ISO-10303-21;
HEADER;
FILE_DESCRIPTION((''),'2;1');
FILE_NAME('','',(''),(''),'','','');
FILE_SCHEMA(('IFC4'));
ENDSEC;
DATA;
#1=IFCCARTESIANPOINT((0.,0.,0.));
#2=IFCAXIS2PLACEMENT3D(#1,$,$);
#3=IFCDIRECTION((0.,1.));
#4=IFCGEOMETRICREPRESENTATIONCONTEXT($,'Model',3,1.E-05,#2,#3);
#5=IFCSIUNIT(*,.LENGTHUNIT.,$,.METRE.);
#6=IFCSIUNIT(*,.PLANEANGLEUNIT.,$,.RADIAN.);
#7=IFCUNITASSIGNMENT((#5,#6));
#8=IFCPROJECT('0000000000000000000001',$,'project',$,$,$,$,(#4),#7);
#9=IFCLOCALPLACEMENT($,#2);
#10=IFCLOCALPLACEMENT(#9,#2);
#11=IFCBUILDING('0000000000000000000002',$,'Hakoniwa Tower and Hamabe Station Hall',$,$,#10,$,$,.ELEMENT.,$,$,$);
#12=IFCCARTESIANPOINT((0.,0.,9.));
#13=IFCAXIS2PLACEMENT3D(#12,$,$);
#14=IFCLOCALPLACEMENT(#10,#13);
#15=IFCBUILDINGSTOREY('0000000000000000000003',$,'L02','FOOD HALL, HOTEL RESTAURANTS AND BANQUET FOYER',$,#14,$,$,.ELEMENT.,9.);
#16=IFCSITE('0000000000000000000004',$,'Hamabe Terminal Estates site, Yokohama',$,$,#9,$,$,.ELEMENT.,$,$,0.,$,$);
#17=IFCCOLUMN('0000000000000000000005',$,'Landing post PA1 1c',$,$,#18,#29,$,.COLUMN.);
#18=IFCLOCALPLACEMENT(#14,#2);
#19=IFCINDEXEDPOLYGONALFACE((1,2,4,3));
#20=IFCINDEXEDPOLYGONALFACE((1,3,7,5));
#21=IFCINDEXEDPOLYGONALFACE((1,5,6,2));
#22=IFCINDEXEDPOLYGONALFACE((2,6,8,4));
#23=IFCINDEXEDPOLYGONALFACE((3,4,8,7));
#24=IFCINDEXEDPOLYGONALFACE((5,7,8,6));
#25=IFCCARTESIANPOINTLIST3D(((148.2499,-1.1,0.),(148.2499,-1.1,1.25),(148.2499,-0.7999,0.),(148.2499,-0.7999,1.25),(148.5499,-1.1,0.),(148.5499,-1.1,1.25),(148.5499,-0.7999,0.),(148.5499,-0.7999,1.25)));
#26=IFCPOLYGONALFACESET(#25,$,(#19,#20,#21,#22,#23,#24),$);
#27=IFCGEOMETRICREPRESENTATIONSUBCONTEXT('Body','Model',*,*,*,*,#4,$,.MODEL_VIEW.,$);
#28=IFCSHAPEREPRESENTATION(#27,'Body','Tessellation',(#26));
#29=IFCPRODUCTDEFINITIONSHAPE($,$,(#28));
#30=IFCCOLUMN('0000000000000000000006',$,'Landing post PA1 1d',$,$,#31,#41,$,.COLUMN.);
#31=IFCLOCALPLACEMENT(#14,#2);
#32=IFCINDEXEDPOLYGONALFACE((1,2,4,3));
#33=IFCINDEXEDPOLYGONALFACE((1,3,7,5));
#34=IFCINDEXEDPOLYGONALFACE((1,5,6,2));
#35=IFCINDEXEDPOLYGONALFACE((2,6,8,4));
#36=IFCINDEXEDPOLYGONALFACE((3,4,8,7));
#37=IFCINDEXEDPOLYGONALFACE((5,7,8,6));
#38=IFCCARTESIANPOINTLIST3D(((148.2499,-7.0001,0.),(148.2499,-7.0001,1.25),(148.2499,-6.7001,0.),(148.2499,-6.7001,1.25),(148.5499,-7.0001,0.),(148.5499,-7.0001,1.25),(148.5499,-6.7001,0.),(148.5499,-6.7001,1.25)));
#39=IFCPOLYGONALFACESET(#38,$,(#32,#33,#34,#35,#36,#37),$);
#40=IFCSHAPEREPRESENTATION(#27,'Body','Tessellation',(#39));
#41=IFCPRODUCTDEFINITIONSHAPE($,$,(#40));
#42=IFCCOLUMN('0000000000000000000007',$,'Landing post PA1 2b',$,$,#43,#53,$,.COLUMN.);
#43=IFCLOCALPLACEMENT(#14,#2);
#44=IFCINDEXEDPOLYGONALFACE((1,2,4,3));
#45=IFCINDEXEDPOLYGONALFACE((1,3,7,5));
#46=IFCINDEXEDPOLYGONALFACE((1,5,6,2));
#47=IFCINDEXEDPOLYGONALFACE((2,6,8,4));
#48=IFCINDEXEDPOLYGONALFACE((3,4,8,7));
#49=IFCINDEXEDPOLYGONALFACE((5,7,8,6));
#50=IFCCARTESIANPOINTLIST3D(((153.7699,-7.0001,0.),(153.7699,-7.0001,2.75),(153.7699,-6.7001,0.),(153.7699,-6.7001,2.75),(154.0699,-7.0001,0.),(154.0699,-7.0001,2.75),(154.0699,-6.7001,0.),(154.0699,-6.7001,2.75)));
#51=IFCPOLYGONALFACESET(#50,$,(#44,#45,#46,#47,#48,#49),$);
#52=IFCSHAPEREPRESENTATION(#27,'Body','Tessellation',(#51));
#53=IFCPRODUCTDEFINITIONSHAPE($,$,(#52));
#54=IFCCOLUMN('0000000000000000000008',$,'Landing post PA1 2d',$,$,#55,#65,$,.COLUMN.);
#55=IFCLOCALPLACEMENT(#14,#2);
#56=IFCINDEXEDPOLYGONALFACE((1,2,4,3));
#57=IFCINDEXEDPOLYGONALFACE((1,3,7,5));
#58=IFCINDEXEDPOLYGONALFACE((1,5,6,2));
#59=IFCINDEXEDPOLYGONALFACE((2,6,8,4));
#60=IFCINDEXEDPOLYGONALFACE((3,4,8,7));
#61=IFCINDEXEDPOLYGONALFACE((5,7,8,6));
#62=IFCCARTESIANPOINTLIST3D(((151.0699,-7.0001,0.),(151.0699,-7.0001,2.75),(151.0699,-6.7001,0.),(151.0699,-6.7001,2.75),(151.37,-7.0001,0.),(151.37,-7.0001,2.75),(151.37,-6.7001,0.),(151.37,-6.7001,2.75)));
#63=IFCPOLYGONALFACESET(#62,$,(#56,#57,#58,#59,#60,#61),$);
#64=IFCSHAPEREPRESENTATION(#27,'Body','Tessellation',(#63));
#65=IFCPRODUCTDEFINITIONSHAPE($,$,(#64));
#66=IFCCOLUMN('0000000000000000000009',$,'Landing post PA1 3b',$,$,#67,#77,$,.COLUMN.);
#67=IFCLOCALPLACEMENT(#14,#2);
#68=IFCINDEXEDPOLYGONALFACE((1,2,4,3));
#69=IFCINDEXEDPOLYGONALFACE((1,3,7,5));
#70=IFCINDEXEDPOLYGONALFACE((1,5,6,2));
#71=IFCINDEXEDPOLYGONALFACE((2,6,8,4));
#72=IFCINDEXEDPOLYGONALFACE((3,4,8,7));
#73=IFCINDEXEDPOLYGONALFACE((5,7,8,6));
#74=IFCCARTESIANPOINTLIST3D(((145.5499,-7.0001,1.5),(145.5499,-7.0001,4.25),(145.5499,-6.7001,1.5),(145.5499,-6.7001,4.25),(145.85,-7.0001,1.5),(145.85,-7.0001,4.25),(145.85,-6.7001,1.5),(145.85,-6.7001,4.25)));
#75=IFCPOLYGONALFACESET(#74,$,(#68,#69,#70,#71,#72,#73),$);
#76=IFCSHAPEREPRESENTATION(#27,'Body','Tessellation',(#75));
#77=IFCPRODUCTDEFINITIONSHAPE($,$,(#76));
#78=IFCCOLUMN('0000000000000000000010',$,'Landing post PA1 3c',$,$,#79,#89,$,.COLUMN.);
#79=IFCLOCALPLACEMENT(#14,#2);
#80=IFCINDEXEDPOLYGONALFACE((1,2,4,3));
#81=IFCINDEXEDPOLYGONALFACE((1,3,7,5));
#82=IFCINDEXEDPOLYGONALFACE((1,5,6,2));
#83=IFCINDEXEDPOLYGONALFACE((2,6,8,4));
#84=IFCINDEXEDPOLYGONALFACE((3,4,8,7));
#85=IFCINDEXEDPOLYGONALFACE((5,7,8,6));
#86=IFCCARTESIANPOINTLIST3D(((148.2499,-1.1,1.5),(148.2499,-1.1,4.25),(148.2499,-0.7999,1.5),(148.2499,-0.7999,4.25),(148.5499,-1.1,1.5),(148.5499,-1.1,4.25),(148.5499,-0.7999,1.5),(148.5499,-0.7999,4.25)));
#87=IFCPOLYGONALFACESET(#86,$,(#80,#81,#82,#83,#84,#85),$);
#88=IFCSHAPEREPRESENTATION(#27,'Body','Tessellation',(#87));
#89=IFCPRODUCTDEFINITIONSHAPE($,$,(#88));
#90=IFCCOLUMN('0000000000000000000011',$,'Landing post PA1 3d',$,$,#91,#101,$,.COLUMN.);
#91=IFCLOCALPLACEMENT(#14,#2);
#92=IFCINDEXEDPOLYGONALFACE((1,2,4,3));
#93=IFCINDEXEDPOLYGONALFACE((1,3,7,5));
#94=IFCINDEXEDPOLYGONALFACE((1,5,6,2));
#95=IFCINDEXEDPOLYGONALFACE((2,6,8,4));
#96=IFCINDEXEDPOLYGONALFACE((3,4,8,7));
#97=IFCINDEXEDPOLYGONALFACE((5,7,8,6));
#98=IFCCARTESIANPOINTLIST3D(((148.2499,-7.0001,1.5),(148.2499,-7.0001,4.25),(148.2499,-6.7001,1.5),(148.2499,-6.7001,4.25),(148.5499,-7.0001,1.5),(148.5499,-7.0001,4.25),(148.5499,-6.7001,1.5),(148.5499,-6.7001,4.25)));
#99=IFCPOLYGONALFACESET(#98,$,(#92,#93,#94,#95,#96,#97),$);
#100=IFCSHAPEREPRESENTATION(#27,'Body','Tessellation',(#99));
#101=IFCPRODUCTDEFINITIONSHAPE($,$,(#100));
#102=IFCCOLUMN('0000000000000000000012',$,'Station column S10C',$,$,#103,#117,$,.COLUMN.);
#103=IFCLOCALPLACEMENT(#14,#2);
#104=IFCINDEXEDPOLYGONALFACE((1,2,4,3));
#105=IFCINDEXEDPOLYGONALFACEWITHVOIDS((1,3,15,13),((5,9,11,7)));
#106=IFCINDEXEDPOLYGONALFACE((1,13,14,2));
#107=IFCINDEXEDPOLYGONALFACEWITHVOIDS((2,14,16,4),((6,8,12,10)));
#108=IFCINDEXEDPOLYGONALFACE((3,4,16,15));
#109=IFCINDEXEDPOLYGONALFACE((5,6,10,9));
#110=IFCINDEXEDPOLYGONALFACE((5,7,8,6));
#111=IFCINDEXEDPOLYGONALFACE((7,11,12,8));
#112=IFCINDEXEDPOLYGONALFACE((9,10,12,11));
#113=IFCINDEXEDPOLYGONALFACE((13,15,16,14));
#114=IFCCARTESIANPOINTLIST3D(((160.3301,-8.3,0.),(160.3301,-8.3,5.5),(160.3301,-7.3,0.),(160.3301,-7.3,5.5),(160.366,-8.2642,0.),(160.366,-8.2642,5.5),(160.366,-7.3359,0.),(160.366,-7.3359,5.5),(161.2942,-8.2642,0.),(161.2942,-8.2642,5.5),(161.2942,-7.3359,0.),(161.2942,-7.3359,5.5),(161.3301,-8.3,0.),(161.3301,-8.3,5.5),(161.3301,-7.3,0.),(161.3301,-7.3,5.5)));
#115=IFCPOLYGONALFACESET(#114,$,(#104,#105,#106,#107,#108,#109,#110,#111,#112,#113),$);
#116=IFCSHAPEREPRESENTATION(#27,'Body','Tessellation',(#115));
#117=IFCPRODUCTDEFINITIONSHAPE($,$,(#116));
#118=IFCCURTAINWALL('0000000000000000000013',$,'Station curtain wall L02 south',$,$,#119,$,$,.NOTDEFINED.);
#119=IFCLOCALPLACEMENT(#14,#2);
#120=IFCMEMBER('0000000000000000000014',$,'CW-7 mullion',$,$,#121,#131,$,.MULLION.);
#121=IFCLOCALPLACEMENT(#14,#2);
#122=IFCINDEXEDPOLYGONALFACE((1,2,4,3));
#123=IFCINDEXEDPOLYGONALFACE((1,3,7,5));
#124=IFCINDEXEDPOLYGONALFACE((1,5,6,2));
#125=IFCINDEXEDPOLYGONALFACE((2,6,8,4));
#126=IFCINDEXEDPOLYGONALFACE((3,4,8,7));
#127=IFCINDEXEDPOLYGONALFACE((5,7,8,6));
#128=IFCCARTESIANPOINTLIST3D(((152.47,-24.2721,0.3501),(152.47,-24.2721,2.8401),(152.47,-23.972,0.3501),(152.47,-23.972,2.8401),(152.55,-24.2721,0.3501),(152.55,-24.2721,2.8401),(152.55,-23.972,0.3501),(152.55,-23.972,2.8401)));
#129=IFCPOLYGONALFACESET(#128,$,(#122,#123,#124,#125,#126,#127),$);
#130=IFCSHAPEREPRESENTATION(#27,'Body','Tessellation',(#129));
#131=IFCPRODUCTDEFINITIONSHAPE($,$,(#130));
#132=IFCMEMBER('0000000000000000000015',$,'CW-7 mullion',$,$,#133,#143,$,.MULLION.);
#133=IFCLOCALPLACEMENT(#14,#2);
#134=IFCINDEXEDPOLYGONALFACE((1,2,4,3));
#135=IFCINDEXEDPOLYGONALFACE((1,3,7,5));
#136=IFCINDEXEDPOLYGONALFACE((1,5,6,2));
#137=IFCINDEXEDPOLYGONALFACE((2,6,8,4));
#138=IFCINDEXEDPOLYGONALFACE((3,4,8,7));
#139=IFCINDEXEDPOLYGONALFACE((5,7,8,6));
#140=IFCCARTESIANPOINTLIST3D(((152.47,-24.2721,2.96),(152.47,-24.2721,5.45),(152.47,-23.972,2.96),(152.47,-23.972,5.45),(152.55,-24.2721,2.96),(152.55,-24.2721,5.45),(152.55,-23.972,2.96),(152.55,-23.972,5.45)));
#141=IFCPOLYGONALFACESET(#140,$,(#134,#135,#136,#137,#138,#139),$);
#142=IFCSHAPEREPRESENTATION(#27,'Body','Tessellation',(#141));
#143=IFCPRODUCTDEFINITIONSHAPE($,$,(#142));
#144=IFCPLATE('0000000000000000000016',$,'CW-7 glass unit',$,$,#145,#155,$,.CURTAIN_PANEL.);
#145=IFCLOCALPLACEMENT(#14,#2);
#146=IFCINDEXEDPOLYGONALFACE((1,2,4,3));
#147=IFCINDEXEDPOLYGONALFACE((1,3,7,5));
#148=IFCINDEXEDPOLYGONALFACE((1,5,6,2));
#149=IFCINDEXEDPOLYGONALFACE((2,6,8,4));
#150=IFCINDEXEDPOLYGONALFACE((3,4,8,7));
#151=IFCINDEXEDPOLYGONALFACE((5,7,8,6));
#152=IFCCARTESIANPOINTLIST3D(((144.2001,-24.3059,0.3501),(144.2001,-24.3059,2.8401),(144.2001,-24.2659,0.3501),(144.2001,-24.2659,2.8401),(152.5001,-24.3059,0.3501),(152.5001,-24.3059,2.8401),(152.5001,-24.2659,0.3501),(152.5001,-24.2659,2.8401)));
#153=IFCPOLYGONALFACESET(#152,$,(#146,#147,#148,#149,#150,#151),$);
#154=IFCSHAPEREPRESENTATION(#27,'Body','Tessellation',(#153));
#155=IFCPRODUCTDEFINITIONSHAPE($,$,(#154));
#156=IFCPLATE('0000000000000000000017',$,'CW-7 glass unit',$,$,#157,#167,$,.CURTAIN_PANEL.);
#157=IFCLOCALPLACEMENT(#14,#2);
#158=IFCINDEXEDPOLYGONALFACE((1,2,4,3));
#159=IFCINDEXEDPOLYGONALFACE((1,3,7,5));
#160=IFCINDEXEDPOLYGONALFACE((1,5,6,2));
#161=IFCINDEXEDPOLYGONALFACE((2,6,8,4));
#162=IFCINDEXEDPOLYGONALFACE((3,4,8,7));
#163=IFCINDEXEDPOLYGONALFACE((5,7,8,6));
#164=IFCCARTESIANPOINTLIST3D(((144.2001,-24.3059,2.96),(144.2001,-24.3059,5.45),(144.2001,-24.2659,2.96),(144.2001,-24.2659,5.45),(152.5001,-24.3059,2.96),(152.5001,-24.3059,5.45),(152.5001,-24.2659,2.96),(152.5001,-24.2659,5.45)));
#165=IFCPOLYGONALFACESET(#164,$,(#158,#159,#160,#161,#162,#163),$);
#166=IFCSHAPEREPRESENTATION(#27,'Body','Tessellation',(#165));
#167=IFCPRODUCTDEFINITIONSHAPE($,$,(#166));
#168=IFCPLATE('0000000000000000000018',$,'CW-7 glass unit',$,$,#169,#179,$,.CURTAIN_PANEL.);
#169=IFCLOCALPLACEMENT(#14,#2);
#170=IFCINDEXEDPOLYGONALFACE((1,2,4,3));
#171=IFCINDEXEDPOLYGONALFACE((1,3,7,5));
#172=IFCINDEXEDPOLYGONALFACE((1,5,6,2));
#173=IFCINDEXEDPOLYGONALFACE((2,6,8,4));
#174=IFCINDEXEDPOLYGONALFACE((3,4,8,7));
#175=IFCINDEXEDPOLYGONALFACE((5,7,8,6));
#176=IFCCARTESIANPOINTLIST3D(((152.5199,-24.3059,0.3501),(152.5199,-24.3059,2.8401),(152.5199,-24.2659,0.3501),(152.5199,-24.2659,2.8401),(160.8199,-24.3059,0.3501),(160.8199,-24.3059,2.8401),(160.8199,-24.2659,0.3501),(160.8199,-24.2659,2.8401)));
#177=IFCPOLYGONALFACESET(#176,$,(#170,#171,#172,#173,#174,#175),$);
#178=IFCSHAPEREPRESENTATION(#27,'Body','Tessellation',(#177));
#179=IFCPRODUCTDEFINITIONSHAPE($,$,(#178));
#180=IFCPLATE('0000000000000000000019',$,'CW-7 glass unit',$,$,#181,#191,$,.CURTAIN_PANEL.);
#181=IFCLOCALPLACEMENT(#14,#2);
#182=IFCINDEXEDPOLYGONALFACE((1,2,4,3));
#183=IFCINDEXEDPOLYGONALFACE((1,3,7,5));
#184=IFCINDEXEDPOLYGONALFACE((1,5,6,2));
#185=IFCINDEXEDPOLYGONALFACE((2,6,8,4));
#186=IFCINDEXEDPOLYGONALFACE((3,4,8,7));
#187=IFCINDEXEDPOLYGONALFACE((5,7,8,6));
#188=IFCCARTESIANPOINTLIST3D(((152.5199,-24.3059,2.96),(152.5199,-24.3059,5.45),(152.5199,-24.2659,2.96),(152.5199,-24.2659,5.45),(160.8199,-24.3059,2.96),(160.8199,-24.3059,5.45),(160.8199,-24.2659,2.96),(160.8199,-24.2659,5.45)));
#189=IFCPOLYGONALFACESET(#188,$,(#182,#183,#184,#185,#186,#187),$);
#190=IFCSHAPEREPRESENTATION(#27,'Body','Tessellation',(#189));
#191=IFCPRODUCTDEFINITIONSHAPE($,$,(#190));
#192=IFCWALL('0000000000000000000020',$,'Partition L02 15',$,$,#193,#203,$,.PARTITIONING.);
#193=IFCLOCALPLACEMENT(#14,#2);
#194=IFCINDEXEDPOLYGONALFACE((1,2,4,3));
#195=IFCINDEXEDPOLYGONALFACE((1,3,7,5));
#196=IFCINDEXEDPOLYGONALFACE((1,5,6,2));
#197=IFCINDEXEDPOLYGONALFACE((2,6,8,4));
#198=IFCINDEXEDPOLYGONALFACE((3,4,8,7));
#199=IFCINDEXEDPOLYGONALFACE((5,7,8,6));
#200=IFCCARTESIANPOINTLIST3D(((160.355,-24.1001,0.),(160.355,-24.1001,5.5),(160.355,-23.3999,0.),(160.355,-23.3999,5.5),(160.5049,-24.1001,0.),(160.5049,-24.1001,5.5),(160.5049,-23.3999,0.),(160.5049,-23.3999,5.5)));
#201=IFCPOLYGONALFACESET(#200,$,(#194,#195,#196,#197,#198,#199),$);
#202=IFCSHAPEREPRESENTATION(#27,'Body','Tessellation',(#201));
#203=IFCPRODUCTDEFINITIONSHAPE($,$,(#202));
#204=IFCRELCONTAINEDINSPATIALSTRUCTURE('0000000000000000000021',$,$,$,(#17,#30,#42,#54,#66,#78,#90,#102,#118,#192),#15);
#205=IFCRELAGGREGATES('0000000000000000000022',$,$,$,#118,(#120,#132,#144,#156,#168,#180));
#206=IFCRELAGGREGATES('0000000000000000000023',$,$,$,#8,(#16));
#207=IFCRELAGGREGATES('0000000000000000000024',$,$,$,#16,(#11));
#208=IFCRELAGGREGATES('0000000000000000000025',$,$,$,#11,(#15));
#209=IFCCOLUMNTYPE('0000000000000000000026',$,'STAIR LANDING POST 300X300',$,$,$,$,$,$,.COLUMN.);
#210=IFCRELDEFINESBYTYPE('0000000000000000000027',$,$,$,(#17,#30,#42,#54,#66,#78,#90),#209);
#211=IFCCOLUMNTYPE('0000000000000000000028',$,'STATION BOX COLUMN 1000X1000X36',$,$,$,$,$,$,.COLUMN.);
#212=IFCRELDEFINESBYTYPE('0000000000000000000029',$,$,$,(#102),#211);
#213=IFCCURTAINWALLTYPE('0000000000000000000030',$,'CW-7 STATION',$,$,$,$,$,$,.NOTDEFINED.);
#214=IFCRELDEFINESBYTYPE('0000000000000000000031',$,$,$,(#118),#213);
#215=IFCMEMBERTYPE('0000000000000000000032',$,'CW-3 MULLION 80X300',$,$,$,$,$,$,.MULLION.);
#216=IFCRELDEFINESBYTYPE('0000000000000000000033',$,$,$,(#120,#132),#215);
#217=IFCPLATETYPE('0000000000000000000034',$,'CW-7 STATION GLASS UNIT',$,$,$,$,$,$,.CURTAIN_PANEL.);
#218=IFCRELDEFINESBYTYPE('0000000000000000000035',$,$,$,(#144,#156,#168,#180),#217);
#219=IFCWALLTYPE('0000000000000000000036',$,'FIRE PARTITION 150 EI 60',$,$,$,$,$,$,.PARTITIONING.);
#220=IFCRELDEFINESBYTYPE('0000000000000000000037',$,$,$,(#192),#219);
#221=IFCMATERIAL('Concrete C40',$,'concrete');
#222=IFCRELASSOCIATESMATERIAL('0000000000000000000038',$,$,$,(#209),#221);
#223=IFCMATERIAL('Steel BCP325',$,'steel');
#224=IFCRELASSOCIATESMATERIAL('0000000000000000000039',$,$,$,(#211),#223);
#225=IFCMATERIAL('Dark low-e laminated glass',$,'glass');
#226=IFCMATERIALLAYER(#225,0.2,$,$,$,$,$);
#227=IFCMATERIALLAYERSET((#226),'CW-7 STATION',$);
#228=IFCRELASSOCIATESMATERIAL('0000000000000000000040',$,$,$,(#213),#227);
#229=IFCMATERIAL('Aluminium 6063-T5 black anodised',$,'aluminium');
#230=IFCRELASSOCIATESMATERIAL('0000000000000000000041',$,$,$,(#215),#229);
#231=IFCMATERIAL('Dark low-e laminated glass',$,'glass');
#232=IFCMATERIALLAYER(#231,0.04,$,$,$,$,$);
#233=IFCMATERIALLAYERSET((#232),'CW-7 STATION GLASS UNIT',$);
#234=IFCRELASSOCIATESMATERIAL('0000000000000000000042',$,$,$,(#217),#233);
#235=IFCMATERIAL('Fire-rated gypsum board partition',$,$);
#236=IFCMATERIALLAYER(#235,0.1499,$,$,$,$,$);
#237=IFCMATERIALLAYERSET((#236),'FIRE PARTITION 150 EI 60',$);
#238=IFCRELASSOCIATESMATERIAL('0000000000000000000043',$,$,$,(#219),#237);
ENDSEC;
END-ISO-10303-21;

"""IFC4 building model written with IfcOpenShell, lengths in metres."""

from ifc_helpers import new_model, si_unit, direction, frame, frame_2d, origin, origin_2d, place, context, subcontext, project, spatial, rectangle, hollow_rectangle, extrude, material, layer, layer_set, material_profile, profile_set, type_object, element, aggregate, save


model = new_model("IFC4")

# Units and contexts
model_context = context("Model", 3, precision=1e-05, world=origin(), true_north=direction((0.0, 1.0)))
body_context = subcontext(model_context, "Body", "Model", "MODEL_VIEW")
ifc_project = project(units=[si_unit("LENGTHUNIT", "METRE"), si_unit("PLANEANGLEUNIT", "RADIAN")], contexts=[model_context])

# Site, building, storey
site_placement = place(None, origin())
site = spatial("IfcSite", under=ifc_project, at=site_placement, Name="Hamabe Terminal Estates site, Yokohama", CompositionType="ELEMENT", RefElevation=0.0)
building_placement = place(site_placement, origin())
building = spatial("IfcBuilding", under=site, at=building_placement, Name="Hakoniwa Tower and Hamabe Station Hall", CompositionType="ELEMENT")
storey_placement = place(building_placement, frame((0.0, 0.0, 9.0)))
storey = spatial("IfcBuildingStorey", under=building, at=storey_placement, Name="L02", Description="FOOD HALL, HOTEL RESTAURANTS AND BANQUET FOYER", CompositionType="ELEMENT", Elevation=9.0)

# Columns
ifc_material_1 = material(Name="Concrete C40", Category="concrete")
ifc_material_profile_1 = material_profile(ifc_material_1, rectangle(XDim=0.3, YDim=0.3, at=origin_2d()), Name="STAIR LANDING POST 300X300")
ifc_profile_set_1 = profile_set([ifc_material_profile_1], Name="Concrete C40")
column_type_1 = type_object("IfcColumnType", Name="STAIR LANDING POST 300X300", PredefinedType="COLUMN", material=ifc_profile_set_1)
for number, where, z_axis, x_axis, name in (
    (1, (148.3999, -0.95, 0.0), (0.0, 0.0, 1.0), (1.0, 0.0, 0.0), "Landing post PA1 1c"),
    (2, (148.3999, -6.8501, 0.0), (0.0, 0.0, 1.0), (1.0, 0.0, 0.0), "Landing post PA1 1d"),
):
    element("IfcColumn", number, at=place(storey_placement, frame(where, z_axis=z_axis, x_axis=x_axis)), inside=storey, type_object=column_type_1, Name=name, PredefinedType="COLUMN", context=body_context, shape_type="SweptSolid", body=[
        extrude(rectangle(XDim=0.3, YDim=0.3, at=origin_2d()), origin(), (0.0, 0.0, 1.0), 1.25),
    ])
for number, where, z_axis, x_axis, name in (
    (3, (153.9199, -6.8501, 0.0), (0.0, 0.0, 1.0), (1.0, 0.0, 0.0), "Landing post PA1 2b"),
    (4, (151.22, -6.8501, 0.0), (0.0, 0.0, 1.0), (1.0, 0.0, 0.0), "Landing post PA1 2d"),
    (5, (145.7, -6.8501, 1.5), (0.0, 0.0, 1.0), (1.0, 0.0, 0.0), "Landing post PA1 3b"),
    (6, (148.3999, -0.95, 1.5), (0.0, 0.0, 1.0), (1.0, 0.0, 0.0), "Landing post PA1 3c"),
    (7, (148.3999, -6.8501, 1.5), (0.0, 0.0, 1.0), (1.0, 0.0, 0.0), "Landing post PA1 3d"),
):
    element("IfcColumn", number, at=place(storey_placement, frame(where, z_axis=z_axis, x_axis=x_axis)), inside=storey, type_object=column_type_1, Name=name, PredefinedType="COLUMN", context=body_context, shape_type="SweptSolid", body=[
        extrude(rectangle(XDim=0.3, YDim=0.3, at=origin_2d()), origin(), (0.0, 0.0, 1.0), 2.75),
    ])
ifc_material_2 = material(Name="Steel BCP325", Category="steel")
ifc_material_profile_2 = material_profile(ifc_material_2, hollow_rectangle(XDim=1.0, YDim=1.0, WallThickness=0.0359, at=origin_2d()), Name="STATION BOX COLUMN 1000X1000X36")
ifc_profile_set_2 = profile_set([ifc_material_profile_2], Name="Steel BCP325")
column_type_2 = type_object("IfcColumnType", Name="STATION BOX COLUMN 1000X1000X36", PredefinedType="COLUMN", material=ifc_profile_set_2)
column_placement = place(storey_placement, frame((160.8301, -7.8, 0.0), z_axis=(0.0, 0.0, 1.0), x_axis=(1.0, 0.0, 0.0)))
element("IfcColumn", 8, at=column_placement, inside=storey, type_object=column_type_2, Name="Station column S10C", PredefinedType="COLUMN", context=body_context, shape_type="SweptSolid", body=[
    extrude(hollow_rectangle(XDim=1.0, YDim=1.0, WallThickness=0.0359, at=origin_2d()), origin(), (0.0, 0.0, 1.0), 5.5),
])

# Curtain wall, members, plates
ifc_material_3 = material(Name="Dark low-e laminated glass", Category="glass")
ifc_layer_1 = layer(ifc_material_3, 0.2)
ifc_layer_set_1 = layer_set([ifc_layer_1], Name="CW-7 STATION")
curtain_wall_type = type_object("IfcCurtainWallType", Name="CW-7 STATION", PredefinedType="NOTDEFINED", material=ifc_layer_set_1)
curtain_wall_placement = place(storey_placement, origin())
curtain_wall = element("IfcCurtainWall", 9, at=curtain_wall_placement, inside=storey, type_object=curtain_wall_type, Name="Station curtain wall L02 south", PredefinedType="NOTDEFINED")
ifc_material_4 = material(Name="Aluminium 6063-T5 black anodised", Category="aluminium")
ifc_material_profile_3 = material_profile(ifc_material_4, rectangle(XDim=0.0801, YDim=0.3, at=origin_2d()), Name="CW-3 MULLION 80X300")
ifc_profile_set_3 = profile_set([ifc_material_profile_3], Name="Aluminium 6063-T5 black anodised")
member_type = type_object("IfcMemberType", Name="CW-3 MULLION 80X300", PredefinedType="MULLION", material=ifc_profile_set_3)
member_1_placement = place(storey_placement, frame((152.51, -24.1221, 0.3501), z_axis=(0.0, 0.0, 1.0), x_axis=(1.0, 0.0, 0.0)))
member_1 = element("IfcMember", 10, at=member_1_placement, type_object=member_type, Name="CW-7 mullion", PredefinedType="MULLION", context=body_context, shape_type="SweptSolid", body=[
    extrude(rectangle(XDim=0.0801, YDim=0.3, at=origin_2d()), origin(), (0.0, 0.0, 1.0), 2.49),
])
member_2_placement = place(storey_placement, frame((152.51, -24.1221, 2.96), z_axis=(0.0, 0.0, 1.0), x_axis=(1.0, 0.0, 0.0)))
member_2 = element("IfcMember", 11, at=member_2_placement, type_object=member_type, Name="CW-7 mullion", PredefinedType="MULLION", context=body_context, shape_type="SweptSolid", body=[
    extrude(rectangle(XDim=0.0801, YDim=0.3, at=origin_2d()), origin(), (0.0, 0.0, 1.0), 2.49),
])
ifc_material_5 = material(Name="Dark low-e laminated glass", Category="glass")
ifc_layer_2 = layer(ifc_material_5, 0.04)
ifc_layer_set_2 = layer_set([ifc_layer_2], Name="CW-7 STATION GLASS UNIT")
plate_type = type_object("IfcPlateType", Name="CW-7 STATION GLASS UNIT", PredefinedType="CURTAIN_PANEL", material=ifc_layer_set_2)
plate_1_placement = place(storey_placement, frame((148.3501, -24.2859, 0.3501), z_axis=(0.0, 0.0, 1.0), x_axis=(1.0, 0.0, 0.0)))
plate_1 = element("IfcPlate", 12, at=plate_1_placement, type_object=plate_type, Name="CW-7 glass unit", PredefinedType="CURTAIN_PANEL", context=body_context, shape_type="SweptSolid", body=[
    extrude(rectangle(XDim=8.3, YDim=0.04, at=origin_2d()), origin(), (0.0, 0.0, 1.0), 2.49),
])
plate_2_placement = place(storey_placement, frame((148.3501, -24.2859, 2.96), z_axis=(0.0, 0.0, 1.0), x_axis=(1.0, 0.0, 0.0)))
plate_2 = element("IfcPlate", 13, at=plate_2_placement, type_object=plate_type, Name="CW-7 glass unit", PredefinedType="CURTAIN_PANEL", context=body_context, shape_type="SweptSolid", body=[
    extrude(rectangle(XDim=8.3, YDim=0.04, at=origin_2d()), origin(), (0.0, 0.0, 1.0), 2.49),
])
plate_3_placement = place(storey_placement, frame((156.6699, -24.2859, 0.3501), z_axis=(0.0, 0.0, 1.0), x_axis=(1.0, 0.0, 0.0)))
plate_3 = element("IfcPlate", 14, at=plate_3_placement, type_object=plate_type, Name="CW-7 glass unit", PredefinedType="CURTAIN_PANEL", context=body_context, shape_type="SweptSolid", body=[
    extrude(rectangle(XDim=8.3, YDim=0.04, at=origin_2d()), origin(), (0.0, 0.0, 1.0), 2.49),
])
plate_4_placement = place(storey_placement, frame((156.6699, -24.2859, 2.96), z_axis=(0.0, 0.0, 1.0), x_axis=(1.0, 0.0, 0.0)))
plate_4 = element("IfcPlate", 15, at=plate_4_placement, type_object=plate_type, Name="CW-7 glass unit", PredefinedType="CURTAIN_PANEL", context=body_context, shape_type="SweptSolid", body=[
    extrude(rectangle(XDim=8.3, YDim=0.04, at=origin_2d()), origin(), (0.0, 0.0, 1.0), 2.49),
])
aggregate(curtain_wall, [member_1, member_2, plate_1, plate_2, plate_3, plate_4])

# Wall
ifc_material_6 = material(Name="Fire-rated gypsum board partition")
ifc_layer_3 = layer(ifc_material_6, 0.1499)
ifc_layer_set_3 = layer_set([ifc_layer_3], Name="FIRE PARTITION 150 EI 60")
wall_type_1 = type_object("IfcWallType", Name="FIRE PARTITION 150 EI 60", PredefinedType="PARTITIONING", material=ifc_layer_set_3)
wall_1_placement = place(storey_placement, frame((160.4299, -24.1001, 0.0), z_axis=(0.0, 0.0, 1.0), x_axis=(0.0, 1.0, 0.0)))
element("IfcWall", 16, at=wall_1_placement, inside=storey, type_object=wall_type_1, Name="Partition L02 15", PredefinedType="PARTITIONING", context=body_context, shape_type="SweptSolid", body=[
    extrude(rectangle(XDim=0.7002, YDim=0.1499, at=frame_2d((0.3501, 0.0))), origin(), (0.0, 0.0, 1.0), 5.5),
])

save(model, "model.ifc")
